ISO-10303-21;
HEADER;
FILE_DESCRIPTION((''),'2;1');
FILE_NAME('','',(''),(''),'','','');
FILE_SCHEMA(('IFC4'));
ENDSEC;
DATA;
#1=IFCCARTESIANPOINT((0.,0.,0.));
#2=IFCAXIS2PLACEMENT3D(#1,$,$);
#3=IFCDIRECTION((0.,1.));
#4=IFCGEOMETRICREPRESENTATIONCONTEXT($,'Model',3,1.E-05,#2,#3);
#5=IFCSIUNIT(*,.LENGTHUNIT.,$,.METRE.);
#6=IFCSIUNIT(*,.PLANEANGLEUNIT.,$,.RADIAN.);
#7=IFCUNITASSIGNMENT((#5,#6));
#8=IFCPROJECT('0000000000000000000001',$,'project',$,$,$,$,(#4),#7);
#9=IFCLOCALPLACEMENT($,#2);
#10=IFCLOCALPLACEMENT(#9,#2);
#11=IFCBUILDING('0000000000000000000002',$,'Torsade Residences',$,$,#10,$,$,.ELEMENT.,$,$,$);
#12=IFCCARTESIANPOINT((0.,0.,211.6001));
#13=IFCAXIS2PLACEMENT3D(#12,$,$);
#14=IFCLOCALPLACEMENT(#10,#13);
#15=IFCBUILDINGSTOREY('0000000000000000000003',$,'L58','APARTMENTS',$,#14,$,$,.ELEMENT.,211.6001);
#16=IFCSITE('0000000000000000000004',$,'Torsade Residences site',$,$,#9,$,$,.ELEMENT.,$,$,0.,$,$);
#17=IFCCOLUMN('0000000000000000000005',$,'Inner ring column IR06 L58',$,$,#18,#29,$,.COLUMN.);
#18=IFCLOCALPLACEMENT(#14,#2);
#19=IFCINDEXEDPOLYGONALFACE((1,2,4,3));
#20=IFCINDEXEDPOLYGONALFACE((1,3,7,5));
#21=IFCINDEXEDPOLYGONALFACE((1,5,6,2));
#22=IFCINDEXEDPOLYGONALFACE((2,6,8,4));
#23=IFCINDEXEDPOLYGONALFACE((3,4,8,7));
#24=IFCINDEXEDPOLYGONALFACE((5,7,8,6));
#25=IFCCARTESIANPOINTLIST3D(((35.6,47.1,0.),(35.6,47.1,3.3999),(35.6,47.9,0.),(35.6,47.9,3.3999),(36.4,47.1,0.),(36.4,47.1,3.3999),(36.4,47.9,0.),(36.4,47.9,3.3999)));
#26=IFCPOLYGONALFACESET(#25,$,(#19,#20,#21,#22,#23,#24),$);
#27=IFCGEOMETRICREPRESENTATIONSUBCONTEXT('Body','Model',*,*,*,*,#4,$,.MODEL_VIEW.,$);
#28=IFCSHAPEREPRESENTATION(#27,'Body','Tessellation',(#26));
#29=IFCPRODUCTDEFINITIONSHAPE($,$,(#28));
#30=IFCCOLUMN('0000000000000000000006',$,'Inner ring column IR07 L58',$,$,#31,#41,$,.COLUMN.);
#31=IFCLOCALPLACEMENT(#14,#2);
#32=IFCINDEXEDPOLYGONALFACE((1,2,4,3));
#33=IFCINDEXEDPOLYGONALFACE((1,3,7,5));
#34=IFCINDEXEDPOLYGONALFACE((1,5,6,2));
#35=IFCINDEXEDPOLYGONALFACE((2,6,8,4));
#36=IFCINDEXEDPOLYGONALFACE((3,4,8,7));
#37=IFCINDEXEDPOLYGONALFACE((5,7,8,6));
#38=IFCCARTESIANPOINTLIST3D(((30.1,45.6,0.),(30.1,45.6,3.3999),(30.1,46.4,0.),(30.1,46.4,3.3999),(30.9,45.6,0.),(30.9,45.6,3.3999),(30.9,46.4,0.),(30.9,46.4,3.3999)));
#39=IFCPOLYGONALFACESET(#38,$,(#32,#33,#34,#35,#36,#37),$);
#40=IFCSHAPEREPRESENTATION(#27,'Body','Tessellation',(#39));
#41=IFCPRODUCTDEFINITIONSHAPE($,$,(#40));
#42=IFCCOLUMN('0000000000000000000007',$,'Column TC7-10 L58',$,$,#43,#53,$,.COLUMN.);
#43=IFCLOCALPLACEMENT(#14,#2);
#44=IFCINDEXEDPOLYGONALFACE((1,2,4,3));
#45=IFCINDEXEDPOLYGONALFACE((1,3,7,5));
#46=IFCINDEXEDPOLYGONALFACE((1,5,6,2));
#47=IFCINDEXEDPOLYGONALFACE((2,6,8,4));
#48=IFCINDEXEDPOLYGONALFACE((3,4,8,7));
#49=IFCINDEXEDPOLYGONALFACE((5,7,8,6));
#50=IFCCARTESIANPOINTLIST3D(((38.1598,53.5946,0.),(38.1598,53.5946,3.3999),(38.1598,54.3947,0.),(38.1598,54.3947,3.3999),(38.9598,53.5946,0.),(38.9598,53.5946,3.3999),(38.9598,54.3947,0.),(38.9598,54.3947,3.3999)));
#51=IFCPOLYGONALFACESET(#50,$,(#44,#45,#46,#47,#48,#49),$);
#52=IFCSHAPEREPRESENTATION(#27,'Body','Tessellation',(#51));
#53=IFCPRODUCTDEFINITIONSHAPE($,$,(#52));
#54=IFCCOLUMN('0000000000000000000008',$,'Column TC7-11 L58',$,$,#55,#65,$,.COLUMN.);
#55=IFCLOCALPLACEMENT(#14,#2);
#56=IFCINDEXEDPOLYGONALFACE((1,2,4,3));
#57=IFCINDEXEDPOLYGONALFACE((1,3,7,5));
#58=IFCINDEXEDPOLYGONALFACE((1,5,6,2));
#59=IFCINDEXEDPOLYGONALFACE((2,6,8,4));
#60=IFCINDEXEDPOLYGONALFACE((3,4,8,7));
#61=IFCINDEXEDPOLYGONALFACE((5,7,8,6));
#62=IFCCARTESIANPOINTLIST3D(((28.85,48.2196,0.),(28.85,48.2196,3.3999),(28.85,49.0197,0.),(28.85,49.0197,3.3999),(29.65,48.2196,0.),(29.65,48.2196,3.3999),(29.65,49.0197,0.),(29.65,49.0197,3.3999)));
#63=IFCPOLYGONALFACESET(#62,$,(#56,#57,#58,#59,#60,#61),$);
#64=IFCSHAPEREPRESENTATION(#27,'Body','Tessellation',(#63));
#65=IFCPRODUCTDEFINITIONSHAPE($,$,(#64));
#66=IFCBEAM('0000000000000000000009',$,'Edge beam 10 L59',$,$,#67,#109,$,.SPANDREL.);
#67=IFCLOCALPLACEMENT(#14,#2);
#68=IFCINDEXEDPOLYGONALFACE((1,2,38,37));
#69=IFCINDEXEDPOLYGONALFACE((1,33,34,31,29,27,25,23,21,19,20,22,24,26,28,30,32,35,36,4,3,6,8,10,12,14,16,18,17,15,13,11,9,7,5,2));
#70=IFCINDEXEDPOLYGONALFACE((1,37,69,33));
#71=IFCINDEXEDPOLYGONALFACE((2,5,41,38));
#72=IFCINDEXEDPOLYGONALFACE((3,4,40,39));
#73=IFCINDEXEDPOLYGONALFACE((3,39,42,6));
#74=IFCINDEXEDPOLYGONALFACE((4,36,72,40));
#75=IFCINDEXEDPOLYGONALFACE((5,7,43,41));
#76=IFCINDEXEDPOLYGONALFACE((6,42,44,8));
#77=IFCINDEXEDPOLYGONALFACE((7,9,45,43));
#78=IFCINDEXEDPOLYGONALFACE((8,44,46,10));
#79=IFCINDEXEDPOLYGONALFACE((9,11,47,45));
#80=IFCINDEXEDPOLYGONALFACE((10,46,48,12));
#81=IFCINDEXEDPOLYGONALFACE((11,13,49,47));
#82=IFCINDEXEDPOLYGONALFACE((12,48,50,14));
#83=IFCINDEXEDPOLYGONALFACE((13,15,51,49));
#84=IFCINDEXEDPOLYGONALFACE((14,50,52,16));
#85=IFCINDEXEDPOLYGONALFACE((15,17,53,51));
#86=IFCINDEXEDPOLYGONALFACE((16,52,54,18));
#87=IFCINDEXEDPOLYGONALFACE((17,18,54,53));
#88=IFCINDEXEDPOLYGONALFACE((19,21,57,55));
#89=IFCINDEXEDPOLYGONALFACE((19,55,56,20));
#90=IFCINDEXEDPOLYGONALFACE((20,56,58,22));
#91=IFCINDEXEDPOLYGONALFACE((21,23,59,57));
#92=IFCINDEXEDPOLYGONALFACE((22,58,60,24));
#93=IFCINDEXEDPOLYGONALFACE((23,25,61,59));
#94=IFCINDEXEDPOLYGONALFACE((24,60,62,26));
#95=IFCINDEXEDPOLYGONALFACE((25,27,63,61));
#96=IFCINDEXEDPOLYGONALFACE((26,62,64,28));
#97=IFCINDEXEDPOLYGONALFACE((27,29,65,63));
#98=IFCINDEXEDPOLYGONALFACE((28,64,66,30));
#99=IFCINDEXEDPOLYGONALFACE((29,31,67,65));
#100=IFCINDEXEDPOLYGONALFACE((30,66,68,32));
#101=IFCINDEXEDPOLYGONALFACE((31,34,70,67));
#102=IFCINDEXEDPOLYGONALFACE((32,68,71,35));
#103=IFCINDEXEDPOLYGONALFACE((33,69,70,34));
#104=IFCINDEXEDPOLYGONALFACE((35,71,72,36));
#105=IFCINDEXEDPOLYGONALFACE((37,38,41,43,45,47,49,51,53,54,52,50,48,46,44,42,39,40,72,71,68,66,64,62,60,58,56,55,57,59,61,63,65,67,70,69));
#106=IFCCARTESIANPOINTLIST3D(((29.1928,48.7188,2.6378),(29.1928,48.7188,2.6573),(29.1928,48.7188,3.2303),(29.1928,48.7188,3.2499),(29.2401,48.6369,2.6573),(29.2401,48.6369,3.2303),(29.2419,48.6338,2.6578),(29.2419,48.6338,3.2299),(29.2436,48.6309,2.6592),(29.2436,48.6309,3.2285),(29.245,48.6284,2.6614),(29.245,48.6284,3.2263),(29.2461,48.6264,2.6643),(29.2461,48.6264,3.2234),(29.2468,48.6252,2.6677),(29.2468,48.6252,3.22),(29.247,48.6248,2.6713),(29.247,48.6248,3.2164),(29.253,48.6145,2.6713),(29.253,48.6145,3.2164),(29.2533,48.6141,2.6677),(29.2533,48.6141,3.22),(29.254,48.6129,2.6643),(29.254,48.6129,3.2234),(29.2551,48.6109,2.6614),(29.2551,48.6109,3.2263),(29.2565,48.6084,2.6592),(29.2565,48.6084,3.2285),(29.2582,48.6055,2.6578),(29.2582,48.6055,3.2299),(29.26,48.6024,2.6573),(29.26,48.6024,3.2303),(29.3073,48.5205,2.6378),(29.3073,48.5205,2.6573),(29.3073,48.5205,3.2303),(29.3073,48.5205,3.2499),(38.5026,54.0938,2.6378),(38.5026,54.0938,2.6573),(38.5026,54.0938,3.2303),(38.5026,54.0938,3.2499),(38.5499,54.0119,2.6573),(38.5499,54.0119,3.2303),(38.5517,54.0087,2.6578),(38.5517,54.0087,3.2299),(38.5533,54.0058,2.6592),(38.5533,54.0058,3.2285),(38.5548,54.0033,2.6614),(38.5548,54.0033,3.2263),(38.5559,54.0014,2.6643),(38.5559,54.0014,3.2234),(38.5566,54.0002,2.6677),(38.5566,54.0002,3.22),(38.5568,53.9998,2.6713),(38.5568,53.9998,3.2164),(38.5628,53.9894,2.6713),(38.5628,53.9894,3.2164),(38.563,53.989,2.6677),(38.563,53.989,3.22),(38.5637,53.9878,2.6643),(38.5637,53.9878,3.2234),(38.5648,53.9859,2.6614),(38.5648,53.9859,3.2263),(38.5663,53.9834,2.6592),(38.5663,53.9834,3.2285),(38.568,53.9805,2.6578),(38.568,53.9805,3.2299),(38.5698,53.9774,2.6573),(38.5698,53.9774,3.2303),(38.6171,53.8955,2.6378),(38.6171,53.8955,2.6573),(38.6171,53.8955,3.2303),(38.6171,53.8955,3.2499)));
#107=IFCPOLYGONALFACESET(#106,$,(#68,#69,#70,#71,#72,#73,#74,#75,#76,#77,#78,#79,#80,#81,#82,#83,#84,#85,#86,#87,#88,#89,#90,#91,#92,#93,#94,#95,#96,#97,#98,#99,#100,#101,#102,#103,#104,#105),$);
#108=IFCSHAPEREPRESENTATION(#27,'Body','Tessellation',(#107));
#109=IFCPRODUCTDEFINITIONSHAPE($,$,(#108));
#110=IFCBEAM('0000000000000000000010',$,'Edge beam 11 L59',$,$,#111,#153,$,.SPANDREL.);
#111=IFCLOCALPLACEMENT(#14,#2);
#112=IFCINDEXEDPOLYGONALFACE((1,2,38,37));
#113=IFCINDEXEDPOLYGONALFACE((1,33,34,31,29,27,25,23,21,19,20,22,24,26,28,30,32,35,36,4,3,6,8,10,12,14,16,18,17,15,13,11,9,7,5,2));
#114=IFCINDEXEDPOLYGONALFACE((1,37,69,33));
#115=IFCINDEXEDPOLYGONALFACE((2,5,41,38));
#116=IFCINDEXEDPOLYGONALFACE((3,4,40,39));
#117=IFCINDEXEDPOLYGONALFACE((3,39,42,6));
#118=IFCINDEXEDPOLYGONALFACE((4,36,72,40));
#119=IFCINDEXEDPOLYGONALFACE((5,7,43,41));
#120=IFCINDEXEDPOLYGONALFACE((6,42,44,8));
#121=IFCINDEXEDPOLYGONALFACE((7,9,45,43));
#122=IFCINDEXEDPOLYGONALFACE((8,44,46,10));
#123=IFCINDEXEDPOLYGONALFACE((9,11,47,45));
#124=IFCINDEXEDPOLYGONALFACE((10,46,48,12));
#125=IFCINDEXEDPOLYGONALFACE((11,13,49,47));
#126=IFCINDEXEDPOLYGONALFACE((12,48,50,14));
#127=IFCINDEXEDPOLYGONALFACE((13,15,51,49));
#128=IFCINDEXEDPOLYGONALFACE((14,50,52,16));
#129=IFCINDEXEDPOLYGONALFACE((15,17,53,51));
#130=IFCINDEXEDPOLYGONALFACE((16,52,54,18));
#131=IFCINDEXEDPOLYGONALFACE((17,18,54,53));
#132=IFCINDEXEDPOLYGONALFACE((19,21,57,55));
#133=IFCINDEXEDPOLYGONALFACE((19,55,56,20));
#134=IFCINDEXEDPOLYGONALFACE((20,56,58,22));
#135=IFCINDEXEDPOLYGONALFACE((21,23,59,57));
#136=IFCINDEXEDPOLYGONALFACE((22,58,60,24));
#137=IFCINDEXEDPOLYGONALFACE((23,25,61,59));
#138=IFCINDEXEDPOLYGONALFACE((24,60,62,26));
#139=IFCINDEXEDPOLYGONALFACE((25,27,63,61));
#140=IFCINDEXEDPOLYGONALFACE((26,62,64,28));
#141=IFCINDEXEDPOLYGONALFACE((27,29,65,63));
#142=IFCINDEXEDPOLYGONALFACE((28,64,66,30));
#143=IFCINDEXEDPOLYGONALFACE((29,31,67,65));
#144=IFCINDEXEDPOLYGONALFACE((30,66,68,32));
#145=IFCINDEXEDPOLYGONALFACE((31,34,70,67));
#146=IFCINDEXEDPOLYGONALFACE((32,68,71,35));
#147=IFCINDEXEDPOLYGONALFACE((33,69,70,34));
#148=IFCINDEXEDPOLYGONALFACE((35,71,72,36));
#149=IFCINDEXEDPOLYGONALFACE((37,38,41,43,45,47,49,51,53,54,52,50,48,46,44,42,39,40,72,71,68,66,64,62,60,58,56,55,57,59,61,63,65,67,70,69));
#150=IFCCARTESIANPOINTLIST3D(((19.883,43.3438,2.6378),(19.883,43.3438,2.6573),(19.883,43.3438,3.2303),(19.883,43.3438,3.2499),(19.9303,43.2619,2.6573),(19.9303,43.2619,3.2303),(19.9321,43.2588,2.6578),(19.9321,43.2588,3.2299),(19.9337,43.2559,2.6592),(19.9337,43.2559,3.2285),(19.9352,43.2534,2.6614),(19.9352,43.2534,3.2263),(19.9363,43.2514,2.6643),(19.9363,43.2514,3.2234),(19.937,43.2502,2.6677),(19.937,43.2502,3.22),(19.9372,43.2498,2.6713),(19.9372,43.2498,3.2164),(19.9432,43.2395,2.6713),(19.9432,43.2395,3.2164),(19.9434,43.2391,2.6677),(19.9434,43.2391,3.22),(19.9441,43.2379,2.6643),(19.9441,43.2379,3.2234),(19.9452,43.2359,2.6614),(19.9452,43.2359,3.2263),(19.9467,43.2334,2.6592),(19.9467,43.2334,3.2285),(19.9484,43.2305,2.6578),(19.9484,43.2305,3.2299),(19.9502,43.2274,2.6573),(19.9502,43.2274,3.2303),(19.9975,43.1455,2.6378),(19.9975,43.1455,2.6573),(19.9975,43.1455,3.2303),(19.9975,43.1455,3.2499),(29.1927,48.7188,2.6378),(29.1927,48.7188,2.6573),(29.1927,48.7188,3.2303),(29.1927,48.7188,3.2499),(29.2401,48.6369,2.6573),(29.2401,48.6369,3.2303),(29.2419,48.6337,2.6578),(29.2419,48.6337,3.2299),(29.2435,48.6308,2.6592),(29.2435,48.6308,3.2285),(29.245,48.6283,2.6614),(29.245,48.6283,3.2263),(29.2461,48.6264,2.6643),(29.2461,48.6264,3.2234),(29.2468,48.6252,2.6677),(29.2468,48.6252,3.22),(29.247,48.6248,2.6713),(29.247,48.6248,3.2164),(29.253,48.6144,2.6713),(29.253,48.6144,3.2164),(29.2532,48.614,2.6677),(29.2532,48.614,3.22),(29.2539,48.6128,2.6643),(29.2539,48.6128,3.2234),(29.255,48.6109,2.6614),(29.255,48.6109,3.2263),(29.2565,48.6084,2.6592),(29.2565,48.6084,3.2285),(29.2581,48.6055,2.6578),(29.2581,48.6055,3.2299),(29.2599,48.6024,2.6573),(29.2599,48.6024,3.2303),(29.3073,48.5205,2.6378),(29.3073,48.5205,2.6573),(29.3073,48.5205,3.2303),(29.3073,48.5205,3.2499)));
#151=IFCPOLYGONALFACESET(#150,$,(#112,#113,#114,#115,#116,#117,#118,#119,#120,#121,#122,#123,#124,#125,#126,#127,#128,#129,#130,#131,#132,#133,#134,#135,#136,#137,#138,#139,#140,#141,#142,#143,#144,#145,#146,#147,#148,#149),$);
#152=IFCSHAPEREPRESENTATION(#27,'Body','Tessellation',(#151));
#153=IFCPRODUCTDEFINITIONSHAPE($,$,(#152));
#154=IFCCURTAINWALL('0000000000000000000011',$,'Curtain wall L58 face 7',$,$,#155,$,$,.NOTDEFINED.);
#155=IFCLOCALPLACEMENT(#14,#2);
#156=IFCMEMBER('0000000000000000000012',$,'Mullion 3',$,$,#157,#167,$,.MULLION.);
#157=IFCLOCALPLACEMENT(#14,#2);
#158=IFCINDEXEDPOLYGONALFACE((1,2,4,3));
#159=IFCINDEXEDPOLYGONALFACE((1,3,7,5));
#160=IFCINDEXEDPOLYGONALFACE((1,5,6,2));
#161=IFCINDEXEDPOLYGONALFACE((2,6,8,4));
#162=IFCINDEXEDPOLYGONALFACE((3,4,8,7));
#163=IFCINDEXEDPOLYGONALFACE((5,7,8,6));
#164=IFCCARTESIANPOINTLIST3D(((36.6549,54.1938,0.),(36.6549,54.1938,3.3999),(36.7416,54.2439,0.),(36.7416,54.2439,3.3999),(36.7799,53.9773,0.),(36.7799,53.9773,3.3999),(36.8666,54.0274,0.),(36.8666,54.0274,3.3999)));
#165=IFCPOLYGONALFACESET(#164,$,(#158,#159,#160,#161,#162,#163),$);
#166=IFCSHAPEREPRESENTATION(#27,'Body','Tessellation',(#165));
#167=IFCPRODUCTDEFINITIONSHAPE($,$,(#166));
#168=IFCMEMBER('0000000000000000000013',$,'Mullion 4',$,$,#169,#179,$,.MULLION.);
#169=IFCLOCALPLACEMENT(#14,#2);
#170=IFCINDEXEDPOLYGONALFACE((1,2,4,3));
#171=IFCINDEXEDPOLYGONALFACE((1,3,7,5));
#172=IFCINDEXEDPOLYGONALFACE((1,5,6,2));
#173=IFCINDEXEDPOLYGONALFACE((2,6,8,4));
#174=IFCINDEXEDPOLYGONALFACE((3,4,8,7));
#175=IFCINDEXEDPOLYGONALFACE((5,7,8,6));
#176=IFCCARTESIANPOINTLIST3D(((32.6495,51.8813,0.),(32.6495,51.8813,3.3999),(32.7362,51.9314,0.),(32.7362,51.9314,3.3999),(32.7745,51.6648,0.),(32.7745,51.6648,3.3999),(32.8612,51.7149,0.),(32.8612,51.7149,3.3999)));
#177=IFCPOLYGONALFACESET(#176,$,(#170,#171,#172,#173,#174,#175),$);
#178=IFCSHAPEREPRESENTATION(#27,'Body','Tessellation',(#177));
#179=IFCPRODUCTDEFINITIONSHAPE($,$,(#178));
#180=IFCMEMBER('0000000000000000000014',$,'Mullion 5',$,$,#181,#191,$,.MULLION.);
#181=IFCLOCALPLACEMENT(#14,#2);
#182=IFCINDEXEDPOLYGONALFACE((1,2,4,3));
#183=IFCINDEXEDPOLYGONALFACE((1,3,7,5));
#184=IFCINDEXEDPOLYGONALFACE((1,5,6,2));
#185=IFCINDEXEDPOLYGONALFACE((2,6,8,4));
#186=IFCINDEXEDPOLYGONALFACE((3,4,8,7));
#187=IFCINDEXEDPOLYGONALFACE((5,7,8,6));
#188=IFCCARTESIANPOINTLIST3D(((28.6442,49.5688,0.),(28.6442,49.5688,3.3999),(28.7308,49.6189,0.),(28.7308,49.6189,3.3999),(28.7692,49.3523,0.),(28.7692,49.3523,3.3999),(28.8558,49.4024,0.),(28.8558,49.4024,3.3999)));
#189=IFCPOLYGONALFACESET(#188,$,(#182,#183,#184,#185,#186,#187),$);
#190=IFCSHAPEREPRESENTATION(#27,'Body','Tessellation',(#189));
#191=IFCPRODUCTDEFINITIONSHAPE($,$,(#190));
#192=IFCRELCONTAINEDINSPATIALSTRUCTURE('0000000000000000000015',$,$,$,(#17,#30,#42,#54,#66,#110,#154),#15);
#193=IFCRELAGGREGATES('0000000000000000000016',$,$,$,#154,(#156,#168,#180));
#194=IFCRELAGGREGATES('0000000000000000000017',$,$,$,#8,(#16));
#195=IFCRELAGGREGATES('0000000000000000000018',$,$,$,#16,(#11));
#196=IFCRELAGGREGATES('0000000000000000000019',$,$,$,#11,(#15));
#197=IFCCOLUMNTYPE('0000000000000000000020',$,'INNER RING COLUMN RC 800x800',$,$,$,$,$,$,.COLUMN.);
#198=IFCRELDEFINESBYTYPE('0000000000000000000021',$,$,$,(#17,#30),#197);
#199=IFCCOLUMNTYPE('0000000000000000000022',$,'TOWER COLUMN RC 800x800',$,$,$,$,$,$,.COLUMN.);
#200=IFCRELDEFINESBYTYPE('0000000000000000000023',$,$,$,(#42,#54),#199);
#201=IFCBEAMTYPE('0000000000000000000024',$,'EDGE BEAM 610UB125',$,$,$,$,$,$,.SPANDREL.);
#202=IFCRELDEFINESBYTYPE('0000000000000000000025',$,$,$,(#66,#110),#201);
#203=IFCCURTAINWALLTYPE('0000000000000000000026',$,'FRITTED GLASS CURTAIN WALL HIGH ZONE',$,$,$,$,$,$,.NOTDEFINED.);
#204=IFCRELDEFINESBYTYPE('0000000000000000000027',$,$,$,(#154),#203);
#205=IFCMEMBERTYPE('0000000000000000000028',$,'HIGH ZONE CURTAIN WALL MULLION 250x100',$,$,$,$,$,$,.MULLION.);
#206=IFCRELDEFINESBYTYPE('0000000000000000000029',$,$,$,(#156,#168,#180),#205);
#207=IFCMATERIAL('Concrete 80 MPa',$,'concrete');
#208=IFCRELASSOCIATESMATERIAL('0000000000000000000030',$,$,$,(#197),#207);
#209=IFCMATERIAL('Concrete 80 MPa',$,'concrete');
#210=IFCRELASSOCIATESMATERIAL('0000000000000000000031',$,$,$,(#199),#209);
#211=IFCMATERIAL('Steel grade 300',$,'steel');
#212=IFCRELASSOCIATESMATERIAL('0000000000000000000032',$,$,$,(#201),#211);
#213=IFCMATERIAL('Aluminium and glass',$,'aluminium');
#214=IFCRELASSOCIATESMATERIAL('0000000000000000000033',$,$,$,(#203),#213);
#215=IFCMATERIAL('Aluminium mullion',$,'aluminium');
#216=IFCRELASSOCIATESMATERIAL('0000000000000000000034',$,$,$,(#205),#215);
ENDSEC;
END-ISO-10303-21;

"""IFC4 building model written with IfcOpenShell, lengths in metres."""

from ifc_helpers import new_model, si_unit, direction, frame, origin, origin_2d, place, context, subcontext, project, spatial, rectangle, i_section, extrude, material, material_profile, profile_set, type_object, element, aggregate, save


model = new_model("IFC4")

# Units and contexts
model_context = context("Model", 3, precision=1e-05, world=origin(), true_north=direction((0.0, 1.0)))
body_context = subcontext(model_context, "Body", "Model", "MODEL_VIEW")
ifc_project = project(units=[si_unit("LENGTHUNIT", "METRE"), si_unit("PLANEANGLEUNIT", "RADIAN")], contexts=[model_context])

# Site, building, storey
site_placement = place(None, origin())
site = spatial("IfcSite", under=ifc_project, at=site_placement, Name="Torsade Residences site", CompositionType="ELEMENT", RefElevation=0.0)
building_placement = place(site_placement, origin())
building = spatial("IfcBuilding", under=site, at=building_placement, Name="Torsade Residences", CompositionType="ELEMENT")
storey_placement = place(building_placement, frame((0.0, 0.0, 211.6001)))
storey = spatial("IfcBuildingStorey", under=building, at=storey_placement, Name="L58", Description="APARTMENTS", CompositionType="ELEMENT", Elevation=211.6001)

# Columns
ifc_material_1 = material(Name="Concrete 80 MPa", Category="concrete")
ifc_material_profile_1 = material_profile(ifc_material_1, rectangle(XDim=0.8, YDim=0.8, at=origin_2d()), Name="RC 800x800")
ifc_profile_set_1 = profile_set([ifc_material_profile_1], Name="Concrete 80 MPa")
column_type_1 = type_object("IfcColumnType", Name="INNER RING COLUMN RC 800x800", PredefinedType="COLUMN", material=ifc_profile_set_1)
for number, where, z_axis, x_axis, name in (
    (1, (36.0, 47.5, 0.0), (0.0, 0.0, 1.0), (1.0, 0.0, 0.0), "Inner ring column IR06 L58"),
    (2, (30.5, 46.0, 0.0), (0.0, 0.0, 1.0), (1.0, 0.0, 0.0), "Inner ring column IR07 L58"),
):
    element("IfcColumn", number, at=place(storey_placement, frame(where, z_axis=z_axis, x_axis=x_axis)), inside=storey, type_object=column_type_1, Name=name, PredefinedType="COLUMN", context=body_context, shape_type="SweptSolid", body=[
        extrude(rectangle(XDim=0.8, YDim=0.8, at=origin_2d()), origin(), (0.0, 0.0, 1.0), 3.3999),
    ])
ifc_material_2 = material(Name="Concrete 80 MPa", Category="concrete")
ifc_material_profile_2 = material_profile(ifc_material_2, rectangle(XDim=0.8, YDim=0.8, at=origin_2d()), Name="RC 800x800")
ifc_profile_set_2 = profile_set([ifc_material_profile_2], Name="Concrete 80 MPa")
column_type_2 = type_object("IfcColumnType", Name="TOWER COLUMN RC 800x800", PredefinedType="COLUMN", material=ifc_profile_set_2)
for number, where, z_axis, x_axis, name in (
    (3, (38.5598, 53.9946, 0.0), (0.0, 0.0, 1.0), (1.0, 0.0, 0.0), "Column TC7-10 L58"),
    (4, (29.25, 48.6196, 0.0), (0.0, 0.0, 1.0), (1.0, 0.0, 0.0), "Column TC7-11 L58"),
):
    element("IfcColumn", number, at=place(storey_placement, frame(where, z_axis=z_axis, x_axis=x_axis)), inside=storey, type_object=column_type_2, Name=name, PredefinedType="COLUMN", context=body_context, shape_type="SweptSolid", body=[
        extrude(rectangle(XDim=0.8, YDim=0.8, at=origin_2d()), origin(), (0.0, 0.0, 1.0), 3.3999),
    ])

# Beams
ifc_material_3 = material(Name="Steel grade 300", Category="steel")
ifc_material_profile_3 = material_profile(ifc_material_3, i_section(OverallWidth=0.229, OverallDepth=0.6121, WebThickness=0.012, FlangeThickness=0.0195, FilletRadius=0.0139, at=origin_2d()), Name="610UB125")
ifc_profile_set_3 = profile_set([ifc_material_profile_3], Name="Steel grade 300")
beam_type_1 = type_object("IfcBeamType", Name="EDGE BEAM 610UB125", PredefinedType="SPANDREL", material=ifc_profile_set_3)
for number, where, z_axis, x_axis, name in (
    (5, (38.5598, 53.9946, 2.9438), (-0.866026, -0.499998, 0.0), (0.499998, -0.866026, 0.0), "Edge beam 10 L59"),
    (6, (29.25, 48.6196, 2.9438), (-0.866026, -0.499998, 0.0), (0.499998, -0.866026, 0.0), "Edge beam 11 L59"),
):
    element("IfcBeam", number, at=place(storey_placement, frame(where, z_axis=z_axis, x_axis=x_axis)), inside=storey, type_object=beam_type_1, Name=name, PredefinedType="SPANDREL", context=body_context, shape_type="SweptSolid", body=[
        extrude(i_section(OverallWidth=0.229, OverallDepth=0.6121, WebThickness=0.012, FlangeThickness=0.0195, FilletRadius=0.0139, at=origin_2d()), origin(), (0.0, 0.0, 1.0), 10.75),
    ])

# Curtain wall, members
ifc_material_4 = material(Name="Aluminium and glass", Category="aluminium")
curtain_wall_type = type_object("IfcCurtainWallType", Name="FRITTED GLASS CURTAIN WALL HIGH ZONE", PredefinedType="NOTDEFINED", material=ifc_material_4)
curtain_wall_placement = place(storey_placement, origin())
curtain_wall = element("IfcCurtainWall", 7, at=curtain_wall_placement, inside=storey, type_object=curtain_wall_type, Name="Curtain wall L58 face 7", PredefinedType="NOTDEFINED")
ifc_material_5 = material(Name="Aluminium mullion", Category="aluminium")
ifc_material_profile_4 = material_profile(ifc_material_5, rectangle(XDim=0.25, YDim=0.1001, at=origin_2d()), Name="HIGH ZONE CURTAIN WALL MULLION 250x100")
ifc_profile_set_4 = profile_set([ifc_material_profile_4], Name="Aluminium mullion")
member_type_1 = type_object("IfcMemberType", Name="HIGH ZONE CURTAIN WALL MULLION 250x100", PredefinedType="MULLION", material=ifc_profile_set_4)
member_1_placement = place(storey_placement, frame((36.7607, 54.1106, 0.0), z_axis=(0.0, 0.0, 1.0), x_axis=(0.5, -0.866025, 0.0)))
member_1 = element("IfcMember", 8, at=member_1_placement, type_object=member_type_1, Name="Mullion 3", PredefinedType="MULLION", context=body_context, shape_type="SweptSolid", body=[
    extrude(rectangle(XDim=0.25, YDim=0.1001, at=origin_2d()), origin(), (0.0, 0.0, 1.0), 3.3999),
])
member_2_placement = place(storey_placement, frame((32.7554, 51.7981, 0.0), z_axis=(0.0, 0.0, 1.0), x_axis=(0.5, -0.866025, 0.0)))
member_2 = element("IfcMember", 9, at=member_2_placement, type_object=member_type_1, Name="Mullion 4", PredefinedType="MULLION", context=body_context, shape_type="SweptSolid", body=[
    extrude(rectangle(XDim=0.25, YDim=0.1001, at=origin_2d()), origin(), (0.0, 0.0, 1.0), 3.3999),
])
member_3_placement = place(storey_placement, frame((28.75, 49.4856, 0.0), z_axis=(0.0, 0.0, 1.0), x_axis=(0.5, -0.866025, 0.0)))
member_3 = element("IfcMember", 10, at=member_3_placement, type_object=member_type_1, Name="Mullion 5", PredefinedType="MULLION", context=body_context, shape_type="SweptSolid", body=[
    extrude(rectangle(XDim=0.25, YDim=0.1001, at=origin_2d()), origin(), (0.0, 0.0, 1.0), 3.3999),
])

aggregate(curtain_wall, [member_1, member_2, member_3])

save(model, "model.ifc")
